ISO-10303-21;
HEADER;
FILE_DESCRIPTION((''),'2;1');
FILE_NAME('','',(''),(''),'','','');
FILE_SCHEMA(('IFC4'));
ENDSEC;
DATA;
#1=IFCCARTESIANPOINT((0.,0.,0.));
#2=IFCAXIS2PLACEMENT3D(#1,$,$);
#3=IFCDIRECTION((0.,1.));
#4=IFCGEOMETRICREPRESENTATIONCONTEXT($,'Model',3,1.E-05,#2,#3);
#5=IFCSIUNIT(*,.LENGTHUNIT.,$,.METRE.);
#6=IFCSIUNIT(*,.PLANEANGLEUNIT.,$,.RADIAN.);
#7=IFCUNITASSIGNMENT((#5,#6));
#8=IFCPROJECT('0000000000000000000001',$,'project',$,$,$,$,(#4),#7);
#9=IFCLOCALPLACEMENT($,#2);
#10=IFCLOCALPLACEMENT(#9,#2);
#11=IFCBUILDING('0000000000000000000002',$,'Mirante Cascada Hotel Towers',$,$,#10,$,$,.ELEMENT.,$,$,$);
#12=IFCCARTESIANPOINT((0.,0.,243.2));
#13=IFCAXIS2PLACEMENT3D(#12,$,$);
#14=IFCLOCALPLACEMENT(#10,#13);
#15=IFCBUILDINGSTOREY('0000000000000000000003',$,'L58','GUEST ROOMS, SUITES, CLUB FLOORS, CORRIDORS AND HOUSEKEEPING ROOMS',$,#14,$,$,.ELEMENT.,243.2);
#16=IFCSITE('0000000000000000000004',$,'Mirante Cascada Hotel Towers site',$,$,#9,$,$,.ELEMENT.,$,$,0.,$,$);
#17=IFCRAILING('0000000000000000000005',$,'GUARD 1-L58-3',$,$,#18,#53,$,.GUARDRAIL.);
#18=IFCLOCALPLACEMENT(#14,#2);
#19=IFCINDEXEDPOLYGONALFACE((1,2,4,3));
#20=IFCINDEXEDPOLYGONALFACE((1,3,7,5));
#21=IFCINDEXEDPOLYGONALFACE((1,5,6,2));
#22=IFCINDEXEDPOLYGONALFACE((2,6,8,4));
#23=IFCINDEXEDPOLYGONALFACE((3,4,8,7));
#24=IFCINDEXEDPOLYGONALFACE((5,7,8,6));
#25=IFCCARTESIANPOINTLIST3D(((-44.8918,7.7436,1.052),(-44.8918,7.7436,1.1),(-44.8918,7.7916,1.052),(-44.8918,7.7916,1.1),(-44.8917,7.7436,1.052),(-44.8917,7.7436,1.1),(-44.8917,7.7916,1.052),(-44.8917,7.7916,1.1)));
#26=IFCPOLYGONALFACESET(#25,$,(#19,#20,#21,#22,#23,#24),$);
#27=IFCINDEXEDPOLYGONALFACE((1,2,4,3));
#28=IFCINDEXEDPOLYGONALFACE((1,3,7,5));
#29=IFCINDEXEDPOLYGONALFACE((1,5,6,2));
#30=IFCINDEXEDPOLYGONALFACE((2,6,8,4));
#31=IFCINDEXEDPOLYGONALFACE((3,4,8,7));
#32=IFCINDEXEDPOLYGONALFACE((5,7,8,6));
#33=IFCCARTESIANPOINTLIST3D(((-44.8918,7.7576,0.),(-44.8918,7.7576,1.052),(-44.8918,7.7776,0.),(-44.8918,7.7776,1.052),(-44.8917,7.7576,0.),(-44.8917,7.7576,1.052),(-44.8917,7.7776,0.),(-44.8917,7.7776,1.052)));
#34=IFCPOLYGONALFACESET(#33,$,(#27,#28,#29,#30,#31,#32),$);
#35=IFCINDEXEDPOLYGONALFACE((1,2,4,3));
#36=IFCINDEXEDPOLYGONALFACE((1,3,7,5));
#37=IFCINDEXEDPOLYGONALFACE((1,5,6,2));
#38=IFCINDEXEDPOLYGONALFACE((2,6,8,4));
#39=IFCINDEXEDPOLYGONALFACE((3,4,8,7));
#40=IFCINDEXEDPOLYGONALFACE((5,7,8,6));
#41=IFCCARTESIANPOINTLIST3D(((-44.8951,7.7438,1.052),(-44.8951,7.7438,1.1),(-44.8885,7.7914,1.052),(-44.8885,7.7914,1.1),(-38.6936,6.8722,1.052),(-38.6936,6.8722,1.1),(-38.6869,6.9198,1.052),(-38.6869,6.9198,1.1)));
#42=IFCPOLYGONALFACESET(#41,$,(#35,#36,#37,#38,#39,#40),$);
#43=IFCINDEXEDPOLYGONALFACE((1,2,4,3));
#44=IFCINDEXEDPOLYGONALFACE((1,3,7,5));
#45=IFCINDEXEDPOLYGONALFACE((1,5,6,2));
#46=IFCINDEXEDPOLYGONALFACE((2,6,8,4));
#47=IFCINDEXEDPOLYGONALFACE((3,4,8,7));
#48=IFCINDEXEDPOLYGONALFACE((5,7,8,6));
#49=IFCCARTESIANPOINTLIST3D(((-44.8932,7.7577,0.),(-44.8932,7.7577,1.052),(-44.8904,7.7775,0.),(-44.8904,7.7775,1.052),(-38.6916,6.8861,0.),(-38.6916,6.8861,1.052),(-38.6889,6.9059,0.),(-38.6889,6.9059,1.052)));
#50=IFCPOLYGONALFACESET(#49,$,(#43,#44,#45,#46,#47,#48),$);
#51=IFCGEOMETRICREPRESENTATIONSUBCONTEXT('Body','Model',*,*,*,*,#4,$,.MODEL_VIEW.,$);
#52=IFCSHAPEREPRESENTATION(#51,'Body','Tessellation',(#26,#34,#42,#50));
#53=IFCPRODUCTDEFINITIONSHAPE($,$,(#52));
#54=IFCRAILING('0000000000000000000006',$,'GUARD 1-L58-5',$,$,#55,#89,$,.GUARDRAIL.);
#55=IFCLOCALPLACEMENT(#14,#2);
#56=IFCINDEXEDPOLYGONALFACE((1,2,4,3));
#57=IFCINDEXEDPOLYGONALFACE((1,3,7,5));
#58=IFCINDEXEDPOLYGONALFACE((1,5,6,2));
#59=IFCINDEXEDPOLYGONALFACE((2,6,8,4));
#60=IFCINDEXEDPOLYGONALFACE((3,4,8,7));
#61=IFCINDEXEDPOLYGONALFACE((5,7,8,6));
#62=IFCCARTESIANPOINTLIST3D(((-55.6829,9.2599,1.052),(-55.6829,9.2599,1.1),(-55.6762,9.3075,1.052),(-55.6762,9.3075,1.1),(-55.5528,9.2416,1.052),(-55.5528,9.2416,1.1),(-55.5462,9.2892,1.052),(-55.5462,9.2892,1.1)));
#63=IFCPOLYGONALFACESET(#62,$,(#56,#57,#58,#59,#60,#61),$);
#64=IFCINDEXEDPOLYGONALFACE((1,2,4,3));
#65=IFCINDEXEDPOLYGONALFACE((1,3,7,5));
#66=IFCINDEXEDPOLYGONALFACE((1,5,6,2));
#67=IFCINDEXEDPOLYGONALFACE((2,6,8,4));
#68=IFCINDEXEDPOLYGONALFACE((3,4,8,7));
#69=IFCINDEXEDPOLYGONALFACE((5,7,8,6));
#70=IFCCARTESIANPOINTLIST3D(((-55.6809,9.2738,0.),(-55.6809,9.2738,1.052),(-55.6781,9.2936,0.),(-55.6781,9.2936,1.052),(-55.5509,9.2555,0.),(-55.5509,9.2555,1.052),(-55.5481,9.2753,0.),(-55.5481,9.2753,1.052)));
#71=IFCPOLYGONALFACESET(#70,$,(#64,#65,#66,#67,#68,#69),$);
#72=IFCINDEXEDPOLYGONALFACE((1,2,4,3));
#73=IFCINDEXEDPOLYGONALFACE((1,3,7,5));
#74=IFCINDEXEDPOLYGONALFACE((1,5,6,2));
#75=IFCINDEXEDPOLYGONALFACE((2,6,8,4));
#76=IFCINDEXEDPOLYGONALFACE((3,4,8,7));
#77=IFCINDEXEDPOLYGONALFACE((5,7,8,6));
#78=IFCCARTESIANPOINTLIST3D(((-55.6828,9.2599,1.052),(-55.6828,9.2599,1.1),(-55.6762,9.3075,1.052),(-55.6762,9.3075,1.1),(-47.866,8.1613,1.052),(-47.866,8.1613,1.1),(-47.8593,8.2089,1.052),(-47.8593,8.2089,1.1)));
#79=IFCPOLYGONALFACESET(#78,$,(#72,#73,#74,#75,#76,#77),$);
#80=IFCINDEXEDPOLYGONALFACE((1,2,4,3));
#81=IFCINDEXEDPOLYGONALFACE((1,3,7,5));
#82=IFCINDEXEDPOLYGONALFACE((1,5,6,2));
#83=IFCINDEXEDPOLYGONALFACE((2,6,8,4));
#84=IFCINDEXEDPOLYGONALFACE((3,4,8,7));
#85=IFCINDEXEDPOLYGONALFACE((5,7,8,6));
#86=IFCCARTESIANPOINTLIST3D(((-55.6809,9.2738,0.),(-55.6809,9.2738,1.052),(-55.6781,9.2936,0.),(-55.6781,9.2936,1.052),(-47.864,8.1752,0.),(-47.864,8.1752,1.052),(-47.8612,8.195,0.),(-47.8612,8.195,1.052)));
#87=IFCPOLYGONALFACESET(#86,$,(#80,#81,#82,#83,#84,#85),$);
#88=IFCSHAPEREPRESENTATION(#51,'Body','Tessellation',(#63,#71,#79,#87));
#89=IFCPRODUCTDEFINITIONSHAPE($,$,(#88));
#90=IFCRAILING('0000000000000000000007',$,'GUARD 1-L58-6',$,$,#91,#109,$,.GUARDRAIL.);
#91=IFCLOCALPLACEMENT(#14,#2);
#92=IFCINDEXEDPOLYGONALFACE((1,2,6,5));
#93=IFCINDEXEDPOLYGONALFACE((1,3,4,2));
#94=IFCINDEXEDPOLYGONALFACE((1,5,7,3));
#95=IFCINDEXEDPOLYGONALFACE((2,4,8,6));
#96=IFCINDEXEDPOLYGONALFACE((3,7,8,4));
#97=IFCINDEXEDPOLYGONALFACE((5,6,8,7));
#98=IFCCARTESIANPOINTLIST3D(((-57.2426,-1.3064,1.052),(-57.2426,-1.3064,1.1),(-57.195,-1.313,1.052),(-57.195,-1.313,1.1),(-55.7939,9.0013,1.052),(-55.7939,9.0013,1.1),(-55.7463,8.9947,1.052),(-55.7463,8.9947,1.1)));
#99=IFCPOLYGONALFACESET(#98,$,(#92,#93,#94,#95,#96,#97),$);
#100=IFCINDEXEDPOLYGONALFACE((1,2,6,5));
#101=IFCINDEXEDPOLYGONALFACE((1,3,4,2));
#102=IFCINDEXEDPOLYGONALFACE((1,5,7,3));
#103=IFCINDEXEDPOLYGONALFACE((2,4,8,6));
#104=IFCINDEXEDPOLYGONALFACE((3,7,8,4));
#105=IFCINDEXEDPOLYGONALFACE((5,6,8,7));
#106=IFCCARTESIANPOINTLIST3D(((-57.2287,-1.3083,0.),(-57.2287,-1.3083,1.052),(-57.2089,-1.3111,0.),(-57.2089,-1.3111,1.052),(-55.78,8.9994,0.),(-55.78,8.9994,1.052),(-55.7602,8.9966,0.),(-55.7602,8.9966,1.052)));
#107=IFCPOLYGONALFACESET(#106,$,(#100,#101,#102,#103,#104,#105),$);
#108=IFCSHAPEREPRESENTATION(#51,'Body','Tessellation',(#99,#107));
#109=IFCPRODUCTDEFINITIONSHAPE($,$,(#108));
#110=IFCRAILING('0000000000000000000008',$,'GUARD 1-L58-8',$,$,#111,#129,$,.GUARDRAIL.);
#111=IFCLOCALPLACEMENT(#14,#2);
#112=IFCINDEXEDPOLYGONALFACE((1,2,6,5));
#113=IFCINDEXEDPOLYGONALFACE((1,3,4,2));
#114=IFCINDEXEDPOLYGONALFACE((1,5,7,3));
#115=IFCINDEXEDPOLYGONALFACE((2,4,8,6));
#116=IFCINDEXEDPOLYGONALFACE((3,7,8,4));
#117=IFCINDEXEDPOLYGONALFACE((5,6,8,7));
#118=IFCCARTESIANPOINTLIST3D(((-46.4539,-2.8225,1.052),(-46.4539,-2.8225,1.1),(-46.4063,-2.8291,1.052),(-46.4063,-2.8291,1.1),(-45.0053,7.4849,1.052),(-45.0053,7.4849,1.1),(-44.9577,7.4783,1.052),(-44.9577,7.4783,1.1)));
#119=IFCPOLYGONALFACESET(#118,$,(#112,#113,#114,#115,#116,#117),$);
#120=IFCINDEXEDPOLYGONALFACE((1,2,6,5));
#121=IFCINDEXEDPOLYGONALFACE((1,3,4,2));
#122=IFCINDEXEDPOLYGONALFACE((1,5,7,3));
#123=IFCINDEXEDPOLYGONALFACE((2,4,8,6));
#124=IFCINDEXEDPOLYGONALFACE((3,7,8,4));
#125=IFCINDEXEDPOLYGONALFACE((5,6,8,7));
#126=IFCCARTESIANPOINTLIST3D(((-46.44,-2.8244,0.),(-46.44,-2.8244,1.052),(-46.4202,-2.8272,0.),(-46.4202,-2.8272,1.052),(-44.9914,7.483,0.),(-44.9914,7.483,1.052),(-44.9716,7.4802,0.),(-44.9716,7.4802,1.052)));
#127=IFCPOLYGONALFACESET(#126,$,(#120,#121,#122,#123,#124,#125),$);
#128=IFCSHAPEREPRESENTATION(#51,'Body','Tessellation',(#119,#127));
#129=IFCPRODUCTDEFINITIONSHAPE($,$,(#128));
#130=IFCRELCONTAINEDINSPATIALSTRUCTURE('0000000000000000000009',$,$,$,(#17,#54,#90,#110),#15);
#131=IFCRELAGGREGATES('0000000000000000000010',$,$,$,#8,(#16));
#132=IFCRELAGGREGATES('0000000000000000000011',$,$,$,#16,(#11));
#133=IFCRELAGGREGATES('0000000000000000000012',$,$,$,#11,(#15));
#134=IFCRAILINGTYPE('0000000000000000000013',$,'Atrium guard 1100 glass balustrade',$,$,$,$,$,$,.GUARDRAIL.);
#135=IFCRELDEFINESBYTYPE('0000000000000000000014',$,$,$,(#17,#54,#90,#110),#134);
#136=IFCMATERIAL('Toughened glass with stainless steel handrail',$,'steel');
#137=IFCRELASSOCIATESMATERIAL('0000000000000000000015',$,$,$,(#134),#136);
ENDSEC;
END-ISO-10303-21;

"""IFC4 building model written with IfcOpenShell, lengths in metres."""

from ifc_helpers import new_model, si_unit, direction, frame, origin, origin_2d, place, context, subcontext, project, spatial, rectangle, extrude, material, type_object, element, save


model = new_model("IFC4")

# Units and contexts
model_context = context("Model", 3, precision=1e-05, world=origin(), true_north=direction((0.0, 1.0)))
body_context = subcontext(model_context, "Body", "Model", "MODEL_VIEW")
ifc_project = project(units=[si_unit("LENGTHUNIT", "METRE"), si_unit("PLANEANGLEUNIT", "RADIAN")], contexts=[model_context])

# Site, building, storey
site_placement = place(None, origin())
site = spatial("IfcSite", under=ifc_project, at=site_placement, Name="Mirante Cascada Hotel Towers site", CompositionType="ELEMENT", RefElevation=0.0)
building_placement = place(site_placement, origin())
building = spatial("IfcBuilding", under=site, at=building_placement, Name="Mirante Cascada Hotel Towers", CompositionType="ELEMENT")
storey_placement = place(building_placement, frame((0.0, 0.0, 243.2)))
storey = spatial("IfcBuildingStorey", under=building, at=storey_placement, Name="L58", Description="GUEST ROOMS, SUITES, CLUB FLOORS, CORRIDORS AND HOUSEKEEPING ROOMS", CompositionType="ELEMENT", Elevation=243.2)

# Railings
ifc_material_1 = material(Name="Toughened glass with stainless steel handrail", Category="steel")
railing_type = type_object("IfcRailingType", Name="Atrium guard 1100 glass balustrade", PredefinedType="GUARDRAIL", material=ifc_material_1)
railing_1_placement = place(storey_placement, frame((-44.8917, 7.7676, 0.0)))
element("IfcRailing", 1, at=railing_1_placement, inside=storey, type_object=railing_type, Name="GUARD 1-L58-3", PredefinedType="GUARDRAIL", context=body_context, shape_type="SweptSolid", body=[
    extrude(rectangle(XDim=0.048, YDim=0.048, at=origin_2d()), frame((0.0, 0.0, 1.076), z_axis=(-1.0, 0.0, 0.0), x_axis=(0.0, -1.0, 0.0)), (0.0, 0.0, 1.0), 0.0001),
    extrude(rectangle(XDim=0.02, YDim=1.052, at=origin_2d()), frame((0.0, 0.0, 0.526), z_axis=(-1.0, 0.0, 0.0), x_axis=(0.0, -1.0, 0.0)), (0.0, 0.0, 1.0), 0.0001),
    extrude(rectangle(XDim=0.048, YDim=0.048, at=origin_2d()), frame((-0.0001, 0.0, 1.076), z_axis=(0.990268, -0.139177, 0.0), x_axis=(0.139177, 0.990268, 0.0)), (0.0, 0.0, 1.0), 6.2625),
    extrude(rectangle(XDim=0.02, YDim=1.052, at=origin_2d()), frame((-0.0001, 0.0, 0.526), z_axis=(0.990268, -0.139177, 0.0), x_axis=(0.139177, 0.990268, 0.0)), (0.0, 0.0, 1.0), 6.2625),
])
railing_2_placement = place(storey_placement, frame((-55.5495, 9.2654, 0.0)))
element("IfcRailing", 2, at=railing_2_placement, inside=storey, type_object=railing_type, Name="GUARD 1-L58-5", PredefinedType="GUARDRAIL", context=body_context, shape_type="SweptSolid", body=[
    extrude(rectangle(XDim=0.048, YDim=0.048, at=origin_2d()), frame((0.0, 0.0, 1.076), z_axis=(-0.990237, 0.139395, 0.0), x_axis=(-0.139395, -0.990237, 0.0)), (0.0, 0.0, 1.0), 0.1313),
    extrude(rectangle(XDim=0.02, YDim=1.052, at=origin_2d()), frame((0.0, 0.0, 0.526), z_axis=(-0.990237, 0.139395, 0.0), x_axis=(-0.139395, -0.990237, 0.0)), (0.0, 0.0, 1.0), 0.1313),
    extrude(rectangle(XDim=0.048, YDim=0.048, at=origin_2d()), frame((-0.13, 0.0183, 1.076), z_axis=(0.990268, -0.139174, 0.0), x_axis=(0.139174, 0.990268, 0.0)), (0.0, 0.0, 1.0), 7.8937),
    extrude(rectangle(XDim=0.02, YDim=1.052, at=origin_2d()), frame((-0.13, 0.0183, 0.526), z_axis=(0.990268, -0.139174, 0.0), x_axis=(0.139174, 0.990268, 0.0)), (0.0, 0.0, 1.0), 7.8937),
])
railing_3_placement = place(storey_placement, frame((-55.7701, 8.998, 0.0)))
element("IfcRailing", 3, at=railing_3_placement, inside=storey, type_object=railing_type, Name="GUARD 1-L58-6", PredefinedType="GUARDRAIL", context=body_context, shape_type="SweptSolid", body=[
    extrude(rectangle(XDim=0.048, YDim=0.048, at=origin_2d()), frame((0.0, 0.0, 1.076), z_axis=(-0.139178, -0.990267, 0.0), x_axis=(0.990267, -0.139178, 0.0)), (0.0, 0.0, 1.0), 10.409),
    extrude(rectangle(XDim=0.02, YDim=1.052, at=origin_2d()), frame((0.0, 0.0, 0.526), z_axis=(-0.139178, -0.990267, 0.0), x_axis=(0.990267, -0.139178, 0.0)), (0.0, 0.0, 1.0), 10.409),
])
railing_4_placement = place(storey_placement, frame((-44.9815, 7.4816, 0.0)))
element("IfcRailing", 4, at=railing_4_placement, inside=storey, type_object=railing_type, Name="GUARD 1-L58-8", PredefinedType="GUARDRAIL", context=body_context, shape_type="SweptSolid", body=[
    extrude(rectangle(XDim=0.048, YDim=0.048, at=origin_2d()), frame((0.0, 0.0, 1.076), z_axis=(-0.139172, -0.990268, 0.0), x_axis=(0.990268, -0.139172, 0.0)), (0.0, 0.0, 1.0), 10.4087),
    extrude(rectangle(XDim=0.02, YDim=1.052, at=origin_2d()), frame((0.0, 0.0, 0.526), z_axis=(-0.139172, -0.990268, 0.0), x_axis=(0.990268, -0.139172, 0.0)), (0.0, 0.0, 1.0), 10.4087),
])

save(model, "model.ifc")
